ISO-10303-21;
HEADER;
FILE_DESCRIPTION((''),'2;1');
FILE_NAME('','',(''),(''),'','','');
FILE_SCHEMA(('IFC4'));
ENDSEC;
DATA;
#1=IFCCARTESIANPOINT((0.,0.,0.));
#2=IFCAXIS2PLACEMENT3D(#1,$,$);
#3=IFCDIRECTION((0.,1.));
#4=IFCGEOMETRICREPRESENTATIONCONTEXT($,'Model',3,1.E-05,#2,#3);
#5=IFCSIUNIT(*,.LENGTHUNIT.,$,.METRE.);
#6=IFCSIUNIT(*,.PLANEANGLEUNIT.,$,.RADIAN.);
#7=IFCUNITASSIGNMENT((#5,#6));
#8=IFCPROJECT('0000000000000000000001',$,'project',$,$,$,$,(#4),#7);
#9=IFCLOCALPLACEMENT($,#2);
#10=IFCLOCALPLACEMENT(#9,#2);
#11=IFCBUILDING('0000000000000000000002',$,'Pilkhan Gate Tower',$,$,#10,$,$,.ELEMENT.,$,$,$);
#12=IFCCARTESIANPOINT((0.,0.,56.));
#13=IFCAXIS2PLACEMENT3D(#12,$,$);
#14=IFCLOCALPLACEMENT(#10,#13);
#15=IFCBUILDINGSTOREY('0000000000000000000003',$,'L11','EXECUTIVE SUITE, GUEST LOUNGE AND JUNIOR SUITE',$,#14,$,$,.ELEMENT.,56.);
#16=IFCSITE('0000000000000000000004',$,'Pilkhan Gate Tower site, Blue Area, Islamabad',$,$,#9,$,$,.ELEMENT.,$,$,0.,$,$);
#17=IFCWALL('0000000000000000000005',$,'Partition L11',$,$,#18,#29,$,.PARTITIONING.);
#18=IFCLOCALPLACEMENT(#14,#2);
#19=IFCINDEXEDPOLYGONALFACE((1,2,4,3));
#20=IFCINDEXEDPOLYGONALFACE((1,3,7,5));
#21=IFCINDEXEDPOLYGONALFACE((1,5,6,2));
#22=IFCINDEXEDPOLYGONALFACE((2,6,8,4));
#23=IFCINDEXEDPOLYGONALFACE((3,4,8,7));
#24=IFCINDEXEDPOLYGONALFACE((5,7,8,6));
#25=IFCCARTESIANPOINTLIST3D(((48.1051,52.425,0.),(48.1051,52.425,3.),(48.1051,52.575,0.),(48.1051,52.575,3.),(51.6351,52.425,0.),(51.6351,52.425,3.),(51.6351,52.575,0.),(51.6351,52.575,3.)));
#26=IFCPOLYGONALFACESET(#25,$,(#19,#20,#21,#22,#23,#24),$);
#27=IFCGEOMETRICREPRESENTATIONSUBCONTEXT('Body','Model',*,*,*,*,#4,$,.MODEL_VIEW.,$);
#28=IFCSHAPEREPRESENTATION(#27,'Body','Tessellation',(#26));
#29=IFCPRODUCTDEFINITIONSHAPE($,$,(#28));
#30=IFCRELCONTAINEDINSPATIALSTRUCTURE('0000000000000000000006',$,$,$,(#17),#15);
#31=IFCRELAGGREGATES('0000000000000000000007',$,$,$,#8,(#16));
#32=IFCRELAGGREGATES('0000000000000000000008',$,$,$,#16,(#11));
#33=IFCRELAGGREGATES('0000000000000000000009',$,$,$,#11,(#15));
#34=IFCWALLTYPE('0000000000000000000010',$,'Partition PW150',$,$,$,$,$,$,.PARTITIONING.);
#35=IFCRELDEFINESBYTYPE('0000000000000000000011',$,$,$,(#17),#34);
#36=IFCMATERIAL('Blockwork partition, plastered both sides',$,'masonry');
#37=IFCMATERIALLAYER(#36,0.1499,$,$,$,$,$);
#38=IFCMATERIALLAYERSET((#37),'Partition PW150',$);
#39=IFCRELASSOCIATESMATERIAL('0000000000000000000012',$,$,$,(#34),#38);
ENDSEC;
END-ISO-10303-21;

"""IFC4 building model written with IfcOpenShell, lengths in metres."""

from ifc_helpers import new_model, si_unit, direction, frame, frame_2d, origin, place, context, subcontext, project, spatial, rectangle, extrude, material, layer, layer_set, type_object, element, save


model = new_model("IFC4")

# Units and contexts
model_context = context("Model", 3, precision=1e-05, world=origin(), true_north=direction((0.0, 1.0)))
body_context = subcontext(model_context, "Body", "Model", "MODEL_VIEW")
ifc_project = project(units=[si_unit("LENGTHUNIT", "METRE"), si_unit("PLANEANGLEUNIT", "RADIAN")], contexts=[model_context])

# Site, building, storey
site_placement = place(None, origin())
site = spatial("IfcSite", under=ifc_project, at=site_placement, Name="Pilkhan Gate Tower site, Blue Area, Islamabad", CompositionType="ELEMENT", RefElevation=0.0)
building_placement = place(site_placement, origin())
building = spatial("IfcBuilding", under=site, at=building_placement, Name="Pilkhan Gate Tower", CompositionType="ELEMENT")
storey_placement = place(building_placement, frame((0.0, 0.0, 56.0)))
storey = spatial("IfcBuildingStorey", under=building, at=storey_placement, Name="L11", Description="EXECUTIVE SUITE, GUEST LOUNGE AND JUNIOR SUITE", CompositionType="ELEMENT", Elevation=56.0)

# Wall
ifc_material_1 = material(Name="Blockwork partition, plastered both sides", Category="masonry")
ifc_layer_1 = layer(ifc_material_1, 0.1499)
ifc_layer_set_1 = layer_set([ifc_layer_1], Name="Partition PW150")
wall_type_1 = type_object("IfcWallType", Name="Partition PW150", PredefinedType="PARTITIONING", material=ifc_layer_set_1)
wall_1_placement = place(storey_placement, frame((48.105, 52.5, 0.0), z_axis=(0.0, 0.0, 1.0), x_axis=(1.0, 0.0, 0.0)))
element("IfcWall", 1, at=wall_1_placement, inside=storey, type_object=wall_type_1, Name="Partition L11", PredefinedType="PARTITIONING", context=body_context, shape_type="SweptSolid", body=[
    extrude(rectangle(XDim=3.53, YDim=0.1499, at=frame_2d((1.7651, 0.0))), origin(), (0.0, 0.0, 1.0), 3.0),
])

save(model, "model.ifc")
